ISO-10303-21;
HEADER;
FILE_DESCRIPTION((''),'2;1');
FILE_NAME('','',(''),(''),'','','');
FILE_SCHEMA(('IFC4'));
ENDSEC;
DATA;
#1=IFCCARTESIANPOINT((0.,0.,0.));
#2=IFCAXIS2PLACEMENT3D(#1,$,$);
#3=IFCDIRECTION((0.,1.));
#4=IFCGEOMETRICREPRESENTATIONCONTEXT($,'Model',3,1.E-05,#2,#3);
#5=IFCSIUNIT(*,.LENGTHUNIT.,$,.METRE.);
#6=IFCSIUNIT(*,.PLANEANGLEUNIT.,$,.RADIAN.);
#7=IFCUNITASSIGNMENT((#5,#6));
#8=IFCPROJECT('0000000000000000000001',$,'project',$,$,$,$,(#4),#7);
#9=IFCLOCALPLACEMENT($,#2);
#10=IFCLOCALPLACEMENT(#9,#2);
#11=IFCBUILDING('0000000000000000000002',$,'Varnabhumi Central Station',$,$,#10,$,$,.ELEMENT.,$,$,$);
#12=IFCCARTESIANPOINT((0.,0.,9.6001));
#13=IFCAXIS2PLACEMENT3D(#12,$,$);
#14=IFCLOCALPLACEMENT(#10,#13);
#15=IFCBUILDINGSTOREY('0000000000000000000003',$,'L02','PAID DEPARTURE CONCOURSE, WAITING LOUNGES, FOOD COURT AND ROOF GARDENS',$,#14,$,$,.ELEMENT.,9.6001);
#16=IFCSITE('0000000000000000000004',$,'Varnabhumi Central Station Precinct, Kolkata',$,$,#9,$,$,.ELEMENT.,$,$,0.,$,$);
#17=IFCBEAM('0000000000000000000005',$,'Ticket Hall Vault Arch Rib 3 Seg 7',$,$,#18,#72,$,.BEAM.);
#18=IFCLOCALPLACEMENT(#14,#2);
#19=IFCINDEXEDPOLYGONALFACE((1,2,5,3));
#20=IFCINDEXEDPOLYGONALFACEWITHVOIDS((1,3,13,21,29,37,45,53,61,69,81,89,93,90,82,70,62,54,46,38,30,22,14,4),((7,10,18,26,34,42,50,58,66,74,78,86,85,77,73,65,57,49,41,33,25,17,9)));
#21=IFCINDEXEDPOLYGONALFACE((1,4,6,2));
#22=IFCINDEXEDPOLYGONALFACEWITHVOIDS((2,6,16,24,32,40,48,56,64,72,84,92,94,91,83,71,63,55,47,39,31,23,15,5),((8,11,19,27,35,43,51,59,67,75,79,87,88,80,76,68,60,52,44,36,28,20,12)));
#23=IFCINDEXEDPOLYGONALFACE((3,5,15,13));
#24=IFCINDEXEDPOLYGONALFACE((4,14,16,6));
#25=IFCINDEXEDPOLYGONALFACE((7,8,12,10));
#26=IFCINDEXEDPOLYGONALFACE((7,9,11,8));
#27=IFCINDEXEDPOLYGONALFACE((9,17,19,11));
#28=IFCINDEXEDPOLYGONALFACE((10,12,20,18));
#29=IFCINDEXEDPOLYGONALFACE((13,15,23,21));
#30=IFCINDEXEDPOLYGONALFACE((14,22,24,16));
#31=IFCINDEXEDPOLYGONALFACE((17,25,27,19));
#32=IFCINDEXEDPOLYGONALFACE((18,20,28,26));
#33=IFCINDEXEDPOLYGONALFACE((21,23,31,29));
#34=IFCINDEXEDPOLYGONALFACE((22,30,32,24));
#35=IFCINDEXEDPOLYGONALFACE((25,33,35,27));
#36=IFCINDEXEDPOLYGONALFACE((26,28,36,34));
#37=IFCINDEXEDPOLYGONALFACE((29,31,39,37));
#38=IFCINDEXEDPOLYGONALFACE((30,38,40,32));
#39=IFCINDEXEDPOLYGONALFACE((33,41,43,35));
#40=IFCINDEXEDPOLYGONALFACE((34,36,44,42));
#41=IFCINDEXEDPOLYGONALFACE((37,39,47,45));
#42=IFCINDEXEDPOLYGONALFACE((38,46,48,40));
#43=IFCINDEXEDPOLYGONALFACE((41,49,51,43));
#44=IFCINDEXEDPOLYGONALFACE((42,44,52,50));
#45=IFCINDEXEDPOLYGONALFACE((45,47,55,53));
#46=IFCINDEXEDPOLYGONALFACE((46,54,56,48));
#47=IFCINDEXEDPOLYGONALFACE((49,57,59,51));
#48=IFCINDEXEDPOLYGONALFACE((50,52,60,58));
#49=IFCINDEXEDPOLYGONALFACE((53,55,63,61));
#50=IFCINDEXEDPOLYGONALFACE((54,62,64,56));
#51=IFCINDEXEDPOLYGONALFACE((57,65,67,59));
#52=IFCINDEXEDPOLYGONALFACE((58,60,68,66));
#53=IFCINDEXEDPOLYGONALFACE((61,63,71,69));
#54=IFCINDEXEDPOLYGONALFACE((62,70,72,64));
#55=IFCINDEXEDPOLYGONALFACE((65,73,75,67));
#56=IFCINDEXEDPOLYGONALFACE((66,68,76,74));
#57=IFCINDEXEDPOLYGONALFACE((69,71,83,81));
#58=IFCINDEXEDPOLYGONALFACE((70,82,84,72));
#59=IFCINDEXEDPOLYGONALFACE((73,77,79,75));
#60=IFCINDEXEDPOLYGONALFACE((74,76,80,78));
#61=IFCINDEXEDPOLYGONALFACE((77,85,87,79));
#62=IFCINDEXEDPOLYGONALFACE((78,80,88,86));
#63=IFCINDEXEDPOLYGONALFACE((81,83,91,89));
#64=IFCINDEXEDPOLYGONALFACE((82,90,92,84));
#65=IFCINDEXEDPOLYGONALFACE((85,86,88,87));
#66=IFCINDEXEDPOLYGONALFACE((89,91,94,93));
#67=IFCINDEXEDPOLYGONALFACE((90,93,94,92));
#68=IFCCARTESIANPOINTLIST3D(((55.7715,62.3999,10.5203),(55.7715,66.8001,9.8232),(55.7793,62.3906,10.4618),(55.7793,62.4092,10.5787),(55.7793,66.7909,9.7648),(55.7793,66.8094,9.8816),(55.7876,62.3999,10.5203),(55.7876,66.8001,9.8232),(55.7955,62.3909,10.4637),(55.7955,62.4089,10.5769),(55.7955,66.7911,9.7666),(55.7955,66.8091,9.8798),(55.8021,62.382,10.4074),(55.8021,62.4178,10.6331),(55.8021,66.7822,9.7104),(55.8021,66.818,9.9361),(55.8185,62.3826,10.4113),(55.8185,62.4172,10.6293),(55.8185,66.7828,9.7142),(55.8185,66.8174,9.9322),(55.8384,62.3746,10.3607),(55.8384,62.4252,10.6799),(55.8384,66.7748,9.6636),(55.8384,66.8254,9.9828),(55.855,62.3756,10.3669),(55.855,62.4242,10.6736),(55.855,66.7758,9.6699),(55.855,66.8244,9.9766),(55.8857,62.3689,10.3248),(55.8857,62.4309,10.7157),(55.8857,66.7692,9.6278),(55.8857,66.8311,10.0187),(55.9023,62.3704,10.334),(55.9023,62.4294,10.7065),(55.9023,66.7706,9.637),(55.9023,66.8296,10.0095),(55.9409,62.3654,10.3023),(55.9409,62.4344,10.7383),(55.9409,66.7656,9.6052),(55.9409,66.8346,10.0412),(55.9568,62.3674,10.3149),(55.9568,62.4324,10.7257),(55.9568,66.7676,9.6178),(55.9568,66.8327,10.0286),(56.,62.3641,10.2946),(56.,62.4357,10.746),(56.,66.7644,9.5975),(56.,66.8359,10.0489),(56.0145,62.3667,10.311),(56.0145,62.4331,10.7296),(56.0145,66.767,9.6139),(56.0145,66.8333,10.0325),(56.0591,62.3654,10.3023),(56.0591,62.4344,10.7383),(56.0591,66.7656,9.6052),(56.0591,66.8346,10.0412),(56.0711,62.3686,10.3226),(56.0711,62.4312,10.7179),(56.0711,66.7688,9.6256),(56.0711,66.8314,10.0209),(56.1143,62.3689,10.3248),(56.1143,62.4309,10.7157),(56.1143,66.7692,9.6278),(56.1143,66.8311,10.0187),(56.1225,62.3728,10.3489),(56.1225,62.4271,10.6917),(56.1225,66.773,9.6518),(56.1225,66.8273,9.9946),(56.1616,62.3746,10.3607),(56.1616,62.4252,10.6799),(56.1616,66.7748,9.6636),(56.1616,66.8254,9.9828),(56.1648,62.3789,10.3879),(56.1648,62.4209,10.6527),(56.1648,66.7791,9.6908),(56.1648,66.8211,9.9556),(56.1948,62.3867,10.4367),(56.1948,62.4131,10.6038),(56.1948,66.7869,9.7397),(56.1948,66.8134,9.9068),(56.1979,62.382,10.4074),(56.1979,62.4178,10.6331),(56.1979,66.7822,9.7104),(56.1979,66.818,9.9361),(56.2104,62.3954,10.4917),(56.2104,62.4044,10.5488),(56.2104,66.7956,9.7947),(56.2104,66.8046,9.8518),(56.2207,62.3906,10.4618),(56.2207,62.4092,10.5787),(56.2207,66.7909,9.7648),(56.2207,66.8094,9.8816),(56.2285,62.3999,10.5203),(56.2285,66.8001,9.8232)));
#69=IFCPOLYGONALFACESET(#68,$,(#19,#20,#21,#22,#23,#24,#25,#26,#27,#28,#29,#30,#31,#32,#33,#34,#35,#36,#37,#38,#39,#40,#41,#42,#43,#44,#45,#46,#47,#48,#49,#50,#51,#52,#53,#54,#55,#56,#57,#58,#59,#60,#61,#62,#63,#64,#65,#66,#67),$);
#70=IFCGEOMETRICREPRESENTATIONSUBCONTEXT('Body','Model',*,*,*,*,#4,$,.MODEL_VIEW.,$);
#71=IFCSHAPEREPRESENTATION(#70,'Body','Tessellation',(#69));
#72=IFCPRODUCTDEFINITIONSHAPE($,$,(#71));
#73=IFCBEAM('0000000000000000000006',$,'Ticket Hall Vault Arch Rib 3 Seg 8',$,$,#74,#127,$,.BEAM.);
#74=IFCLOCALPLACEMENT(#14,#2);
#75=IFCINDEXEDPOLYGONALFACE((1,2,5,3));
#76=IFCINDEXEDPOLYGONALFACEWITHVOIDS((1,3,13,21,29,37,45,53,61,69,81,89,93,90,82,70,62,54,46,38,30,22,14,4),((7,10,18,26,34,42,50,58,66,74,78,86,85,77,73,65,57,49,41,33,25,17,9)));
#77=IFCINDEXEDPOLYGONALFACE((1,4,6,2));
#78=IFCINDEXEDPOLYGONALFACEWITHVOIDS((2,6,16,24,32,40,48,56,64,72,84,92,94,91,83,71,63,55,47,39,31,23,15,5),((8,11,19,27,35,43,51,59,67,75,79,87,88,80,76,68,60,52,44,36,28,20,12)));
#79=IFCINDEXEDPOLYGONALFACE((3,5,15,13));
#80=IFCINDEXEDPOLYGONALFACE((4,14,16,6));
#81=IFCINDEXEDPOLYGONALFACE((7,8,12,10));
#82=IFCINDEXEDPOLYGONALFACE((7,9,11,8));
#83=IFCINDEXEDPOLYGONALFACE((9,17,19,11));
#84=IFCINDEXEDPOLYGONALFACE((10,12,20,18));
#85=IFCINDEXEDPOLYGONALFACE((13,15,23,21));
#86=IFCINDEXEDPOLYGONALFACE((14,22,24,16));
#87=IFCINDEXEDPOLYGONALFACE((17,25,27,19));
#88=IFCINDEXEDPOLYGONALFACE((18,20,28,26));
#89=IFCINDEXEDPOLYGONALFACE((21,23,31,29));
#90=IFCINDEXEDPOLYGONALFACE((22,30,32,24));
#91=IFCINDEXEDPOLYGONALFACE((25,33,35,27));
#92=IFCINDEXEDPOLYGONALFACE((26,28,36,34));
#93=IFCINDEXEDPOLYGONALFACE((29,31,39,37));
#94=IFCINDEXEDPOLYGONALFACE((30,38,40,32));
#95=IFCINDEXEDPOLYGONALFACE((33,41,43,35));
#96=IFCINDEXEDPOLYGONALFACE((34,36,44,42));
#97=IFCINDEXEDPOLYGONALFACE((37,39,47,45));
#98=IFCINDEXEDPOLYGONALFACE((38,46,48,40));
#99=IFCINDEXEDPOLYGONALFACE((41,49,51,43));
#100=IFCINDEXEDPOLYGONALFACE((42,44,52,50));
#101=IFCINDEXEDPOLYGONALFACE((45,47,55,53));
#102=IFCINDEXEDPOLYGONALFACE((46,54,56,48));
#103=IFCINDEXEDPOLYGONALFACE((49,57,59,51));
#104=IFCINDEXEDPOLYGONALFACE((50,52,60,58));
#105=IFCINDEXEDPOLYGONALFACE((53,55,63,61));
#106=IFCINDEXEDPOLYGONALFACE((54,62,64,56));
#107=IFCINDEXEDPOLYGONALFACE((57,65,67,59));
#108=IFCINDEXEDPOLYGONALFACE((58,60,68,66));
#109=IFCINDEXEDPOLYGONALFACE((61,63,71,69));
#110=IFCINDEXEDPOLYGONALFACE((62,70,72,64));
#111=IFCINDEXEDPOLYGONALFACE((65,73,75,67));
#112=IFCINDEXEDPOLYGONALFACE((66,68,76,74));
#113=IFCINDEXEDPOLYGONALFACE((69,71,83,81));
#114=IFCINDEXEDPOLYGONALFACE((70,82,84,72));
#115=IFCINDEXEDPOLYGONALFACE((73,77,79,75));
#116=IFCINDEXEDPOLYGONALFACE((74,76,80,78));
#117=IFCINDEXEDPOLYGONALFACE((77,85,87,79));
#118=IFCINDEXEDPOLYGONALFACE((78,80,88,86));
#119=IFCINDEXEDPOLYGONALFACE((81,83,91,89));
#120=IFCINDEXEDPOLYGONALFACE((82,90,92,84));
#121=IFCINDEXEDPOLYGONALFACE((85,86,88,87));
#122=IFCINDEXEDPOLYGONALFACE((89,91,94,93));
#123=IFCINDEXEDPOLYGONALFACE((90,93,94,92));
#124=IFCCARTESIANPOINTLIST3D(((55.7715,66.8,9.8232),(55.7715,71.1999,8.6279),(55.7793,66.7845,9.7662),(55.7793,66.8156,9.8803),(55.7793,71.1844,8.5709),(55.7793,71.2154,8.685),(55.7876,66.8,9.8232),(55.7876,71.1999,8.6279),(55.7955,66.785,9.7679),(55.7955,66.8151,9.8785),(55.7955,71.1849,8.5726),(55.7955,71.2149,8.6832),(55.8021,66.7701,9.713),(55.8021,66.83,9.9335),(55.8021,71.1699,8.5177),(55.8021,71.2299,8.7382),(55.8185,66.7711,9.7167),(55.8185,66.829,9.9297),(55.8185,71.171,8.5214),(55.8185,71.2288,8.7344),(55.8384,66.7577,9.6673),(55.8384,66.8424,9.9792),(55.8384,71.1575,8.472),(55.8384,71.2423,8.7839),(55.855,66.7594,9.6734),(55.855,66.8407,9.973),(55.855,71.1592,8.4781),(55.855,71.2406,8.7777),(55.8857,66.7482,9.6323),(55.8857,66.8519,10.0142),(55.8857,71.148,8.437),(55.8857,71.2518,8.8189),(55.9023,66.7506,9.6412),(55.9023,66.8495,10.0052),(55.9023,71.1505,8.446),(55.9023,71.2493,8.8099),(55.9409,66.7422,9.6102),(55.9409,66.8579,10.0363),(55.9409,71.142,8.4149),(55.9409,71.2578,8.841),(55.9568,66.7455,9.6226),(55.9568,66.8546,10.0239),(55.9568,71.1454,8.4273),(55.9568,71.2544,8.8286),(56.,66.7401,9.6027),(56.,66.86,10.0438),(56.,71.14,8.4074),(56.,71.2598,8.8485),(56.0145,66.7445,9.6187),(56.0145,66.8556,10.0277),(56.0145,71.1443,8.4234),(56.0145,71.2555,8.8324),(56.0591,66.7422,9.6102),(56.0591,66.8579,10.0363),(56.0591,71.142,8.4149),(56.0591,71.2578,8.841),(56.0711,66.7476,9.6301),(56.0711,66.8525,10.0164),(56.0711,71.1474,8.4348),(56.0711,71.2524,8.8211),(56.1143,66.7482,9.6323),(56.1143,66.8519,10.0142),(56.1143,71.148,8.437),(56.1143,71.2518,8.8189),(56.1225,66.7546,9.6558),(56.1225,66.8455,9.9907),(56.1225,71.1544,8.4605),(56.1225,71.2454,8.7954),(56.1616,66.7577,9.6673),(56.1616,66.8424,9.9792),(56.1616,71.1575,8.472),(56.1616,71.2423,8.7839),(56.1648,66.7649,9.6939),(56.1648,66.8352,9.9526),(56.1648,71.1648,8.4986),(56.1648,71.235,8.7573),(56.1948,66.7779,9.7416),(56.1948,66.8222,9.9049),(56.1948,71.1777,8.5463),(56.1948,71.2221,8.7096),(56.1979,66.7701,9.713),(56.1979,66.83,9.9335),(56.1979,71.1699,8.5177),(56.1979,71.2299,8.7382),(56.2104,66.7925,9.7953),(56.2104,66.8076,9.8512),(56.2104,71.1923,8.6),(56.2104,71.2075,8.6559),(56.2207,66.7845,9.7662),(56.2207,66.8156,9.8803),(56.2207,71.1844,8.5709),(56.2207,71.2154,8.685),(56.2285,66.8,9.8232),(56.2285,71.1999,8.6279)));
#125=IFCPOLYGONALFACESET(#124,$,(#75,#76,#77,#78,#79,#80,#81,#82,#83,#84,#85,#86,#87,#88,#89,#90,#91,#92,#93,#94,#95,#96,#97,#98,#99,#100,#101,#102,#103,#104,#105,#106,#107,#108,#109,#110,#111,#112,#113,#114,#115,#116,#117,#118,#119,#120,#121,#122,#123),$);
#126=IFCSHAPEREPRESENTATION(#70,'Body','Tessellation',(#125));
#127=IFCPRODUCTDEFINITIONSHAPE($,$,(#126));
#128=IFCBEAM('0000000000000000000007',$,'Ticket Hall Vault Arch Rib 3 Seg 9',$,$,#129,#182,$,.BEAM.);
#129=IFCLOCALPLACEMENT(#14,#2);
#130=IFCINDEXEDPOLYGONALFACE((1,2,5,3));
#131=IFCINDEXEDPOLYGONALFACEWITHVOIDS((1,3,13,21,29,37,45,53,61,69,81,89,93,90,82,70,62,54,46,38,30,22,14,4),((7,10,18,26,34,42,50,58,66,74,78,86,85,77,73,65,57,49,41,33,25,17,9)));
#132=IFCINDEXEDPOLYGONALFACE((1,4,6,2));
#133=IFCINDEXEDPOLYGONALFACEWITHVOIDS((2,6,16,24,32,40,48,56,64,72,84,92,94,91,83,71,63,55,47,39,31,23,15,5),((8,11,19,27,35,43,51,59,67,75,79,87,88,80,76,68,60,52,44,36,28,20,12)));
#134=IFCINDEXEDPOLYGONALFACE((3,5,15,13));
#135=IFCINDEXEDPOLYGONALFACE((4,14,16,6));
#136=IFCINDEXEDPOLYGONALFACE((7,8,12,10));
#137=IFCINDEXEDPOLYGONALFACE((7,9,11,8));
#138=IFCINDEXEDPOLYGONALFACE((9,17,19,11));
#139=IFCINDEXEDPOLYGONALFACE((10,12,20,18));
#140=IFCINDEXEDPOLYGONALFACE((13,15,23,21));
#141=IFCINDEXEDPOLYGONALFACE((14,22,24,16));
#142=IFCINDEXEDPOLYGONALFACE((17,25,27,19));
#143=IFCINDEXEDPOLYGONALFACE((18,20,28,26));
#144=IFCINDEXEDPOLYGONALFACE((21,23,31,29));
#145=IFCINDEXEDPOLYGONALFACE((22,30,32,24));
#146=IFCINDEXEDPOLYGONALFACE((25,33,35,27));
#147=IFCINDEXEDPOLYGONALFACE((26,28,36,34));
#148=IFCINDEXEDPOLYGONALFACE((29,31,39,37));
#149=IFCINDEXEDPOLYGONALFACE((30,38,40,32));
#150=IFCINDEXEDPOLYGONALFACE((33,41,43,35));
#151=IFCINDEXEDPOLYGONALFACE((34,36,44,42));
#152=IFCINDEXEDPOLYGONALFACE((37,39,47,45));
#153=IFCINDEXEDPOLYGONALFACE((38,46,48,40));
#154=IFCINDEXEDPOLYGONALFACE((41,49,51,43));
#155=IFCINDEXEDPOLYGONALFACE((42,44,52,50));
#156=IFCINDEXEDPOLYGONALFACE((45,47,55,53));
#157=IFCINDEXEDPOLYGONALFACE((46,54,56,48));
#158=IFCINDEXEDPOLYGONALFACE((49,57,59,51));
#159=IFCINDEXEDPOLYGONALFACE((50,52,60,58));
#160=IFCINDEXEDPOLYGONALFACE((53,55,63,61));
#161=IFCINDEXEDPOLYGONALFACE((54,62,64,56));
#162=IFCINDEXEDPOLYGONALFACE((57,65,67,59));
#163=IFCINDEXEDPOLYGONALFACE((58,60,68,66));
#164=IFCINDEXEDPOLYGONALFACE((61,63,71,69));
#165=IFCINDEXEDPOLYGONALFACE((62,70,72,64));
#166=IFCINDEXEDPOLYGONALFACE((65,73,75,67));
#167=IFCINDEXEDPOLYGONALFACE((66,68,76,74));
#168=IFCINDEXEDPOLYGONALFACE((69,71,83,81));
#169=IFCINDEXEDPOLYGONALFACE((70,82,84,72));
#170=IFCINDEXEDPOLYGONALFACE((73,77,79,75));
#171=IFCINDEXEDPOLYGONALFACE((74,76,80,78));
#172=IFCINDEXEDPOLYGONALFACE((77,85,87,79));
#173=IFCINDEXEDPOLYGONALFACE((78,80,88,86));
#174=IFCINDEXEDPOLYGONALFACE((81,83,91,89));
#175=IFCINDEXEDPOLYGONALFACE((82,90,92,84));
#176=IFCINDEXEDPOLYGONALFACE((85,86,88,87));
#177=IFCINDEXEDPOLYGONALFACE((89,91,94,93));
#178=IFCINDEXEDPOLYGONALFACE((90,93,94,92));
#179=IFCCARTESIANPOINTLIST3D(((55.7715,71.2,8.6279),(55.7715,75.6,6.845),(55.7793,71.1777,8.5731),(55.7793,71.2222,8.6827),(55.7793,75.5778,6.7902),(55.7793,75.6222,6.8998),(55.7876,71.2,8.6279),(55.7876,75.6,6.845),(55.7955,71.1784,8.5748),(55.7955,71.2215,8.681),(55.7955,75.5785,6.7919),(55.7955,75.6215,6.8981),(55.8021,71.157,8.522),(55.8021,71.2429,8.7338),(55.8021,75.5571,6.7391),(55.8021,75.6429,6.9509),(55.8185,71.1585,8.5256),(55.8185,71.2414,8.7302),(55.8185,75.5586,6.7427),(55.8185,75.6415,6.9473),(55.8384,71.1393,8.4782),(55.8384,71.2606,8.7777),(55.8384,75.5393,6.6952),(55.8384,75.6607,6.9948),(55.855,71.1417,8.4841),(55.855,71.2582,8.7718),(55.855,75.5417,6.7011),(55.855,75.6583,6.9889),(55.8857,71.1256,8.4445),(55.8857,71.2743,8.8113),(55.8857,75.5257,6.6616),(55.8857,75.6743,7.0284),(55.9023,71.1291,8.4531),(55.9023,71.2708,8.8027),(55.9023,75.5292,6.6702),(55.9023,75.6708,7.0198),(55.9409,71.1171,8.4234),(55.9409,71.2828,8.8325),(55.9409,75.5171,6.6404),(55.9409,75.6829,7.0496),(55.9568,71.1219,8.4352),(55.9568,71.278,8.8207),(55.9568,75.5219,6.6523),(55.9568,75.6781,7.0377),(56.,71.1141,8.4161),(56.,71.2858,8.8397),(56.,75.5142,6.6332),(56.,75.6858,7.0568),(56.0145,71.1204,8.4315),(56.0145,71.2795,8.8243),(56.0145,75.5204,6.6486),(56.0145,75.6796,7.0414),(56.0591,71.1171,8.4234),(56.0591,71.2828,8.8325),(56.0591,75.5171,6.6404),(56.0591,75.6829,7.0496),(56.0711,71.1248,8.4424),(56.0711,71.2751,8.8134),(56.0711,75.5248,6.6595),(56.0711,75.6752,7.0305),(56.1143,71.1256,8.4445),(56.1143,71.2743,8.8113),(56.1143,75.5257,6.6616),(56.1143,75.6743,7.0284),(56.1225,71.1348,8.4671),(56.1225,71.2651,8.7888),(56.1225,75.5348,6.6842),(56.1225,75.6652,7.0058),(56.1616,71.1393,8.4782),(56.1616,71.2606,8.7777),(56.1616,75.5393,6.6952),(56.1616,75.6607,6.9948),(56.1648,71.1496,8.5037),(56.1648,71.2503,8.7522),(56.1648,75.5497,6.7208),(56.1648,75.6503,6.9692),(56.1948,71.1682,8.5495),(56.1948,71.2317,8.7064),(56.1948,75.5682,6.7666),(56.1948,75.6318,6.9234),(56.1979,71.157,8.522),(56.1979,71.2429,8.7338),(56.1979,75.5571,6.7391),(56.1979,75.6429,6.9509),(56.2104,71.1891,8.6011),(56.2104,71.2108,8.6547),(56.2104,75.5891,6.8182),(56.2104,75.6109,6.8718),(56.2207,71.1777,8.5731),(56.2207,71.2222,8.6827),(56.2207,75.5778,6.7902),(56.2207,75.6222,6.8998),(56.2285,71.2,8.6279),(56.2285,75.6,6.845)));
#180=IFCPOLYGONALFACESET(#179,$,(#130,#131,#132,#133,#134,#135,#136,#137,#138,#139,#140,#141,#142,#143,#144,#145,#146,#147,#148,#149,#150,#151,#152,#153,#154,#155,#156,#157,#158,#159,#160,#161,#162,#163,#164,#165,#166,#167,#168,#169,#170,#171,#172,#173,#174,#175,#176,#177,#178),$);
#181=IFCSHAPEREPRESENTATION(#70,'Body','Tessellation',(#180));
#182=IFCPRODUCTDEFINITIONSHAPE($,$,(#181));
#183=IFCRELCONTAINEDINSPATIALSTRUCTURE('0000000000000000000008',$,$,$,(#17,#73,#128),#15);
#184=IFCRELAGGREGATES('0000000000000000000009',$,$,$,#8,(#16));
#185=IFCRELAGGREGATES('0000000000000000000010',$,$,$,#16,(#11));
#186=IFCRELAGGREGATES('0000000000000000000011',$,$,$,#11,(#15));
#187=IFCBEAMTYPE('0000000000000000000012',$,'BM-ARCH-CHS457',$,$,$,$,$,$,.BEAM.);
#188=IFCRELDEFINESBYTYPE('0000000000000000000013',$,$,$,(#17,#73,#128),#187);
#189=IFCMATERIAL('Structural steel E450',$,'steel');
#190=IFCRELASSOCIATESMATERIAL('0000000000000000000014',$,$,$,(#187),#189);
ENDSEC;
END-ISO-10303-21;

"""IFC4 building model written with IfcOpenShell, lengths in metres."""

from ifc_helpers import new_model, si_unit, direction, frame, origin, origin_2d, place, context, subcontext, project, spatial, hollow_circle, extrude, material, material_profile, profile_set, type_object, element, save


model = new_model("IFC4")

# Units and contexts
model_context = context("Model", 3, precision=1e-05, world=origin(), true_north=direction((0.0, 1.0)))
body_context = subcontext(model_context, "Body", "Model", "MODEL_VIEW")
ifc_project = project(units=[si_unit("LENGTHUNIT", "METRE"), si_unit("PLANEANGLEUNIT", "RADIAN")], contexts=[model_context])

# Site, building, storey
site_placement = place(None, origin())
site = spatial("IfcSite", under=ifc_project, at=site_placement, Name="Varnabhumi Central Station Precinct, Kolkata", CompositionType="ELEMENT", RefElevation=0.0)
building_placement = place(site_placement, origin())
building = spatial("IfcBuilding", under=site, at=building_placement, Name="Varnabhumi Central Station", CompositionType="ELEMENT")
storey_placement = place(building_placement, frame((0.0, 0.0, 9.6001)))
storey = spatial("IfcBuildingStorey", under=building, at=storey_placement, Name="L02", Description="PAID DEPARTURE CONCOURSE, WAITING LOUNGES, FOOD COURT AND ROOF GARDENS", CompositionType="ELEMENT", Elevation=9.6001)

# Beams
ifc_material_1 = material(Name="Structural steel E450", Category="steel")
ifc_material_profile_1 = material_profile(ifc_material_1, hollow_circle(Radius=0.2285, WallThickness=0.0161, at=origin_2d()), Name="Structural steel E450", Category="steel")
ifc_profile_set_1 = profile_set([ifc_material_profile_1], Name="Structural steel E450")
beam_type_1 = type_object("IfcBeamType", Name="BM-ARCH-CHS457", PredefinedType="BEAM", material=ifc_profile_set_1)
beam_1_placement = place(storey_placement, frame((56.0, 62.3999, 10.5203), z_axis=(0.0, 0.987685, -0.156458), x_axis=(-1.0, 0.0, 0.0)))
element("IfcBeam", 1, at=beam_1_placement, inside=storey, type_object=beam_type_1, Name="Ticket Hall Vault Arch Rib 3 Seg 7", PredefinedType="BEAM", context=body_context, shape_type="SweptSolid", body=[
    extrude(hollow_circle(Radius=0.2285, WallThickness=0.0161, at=origin_2d()), origin(), (0.0, 0.0, 1.0), 4.4551),
])
beam_2_placement = place(storey_placement, frame((56.0, 66.8, 9.8232), z_axis=(0.0, 0.965023, -0.262166), x_axis=(-1.0, 0.0, 0.0)))
element("IfcBeam", 2, at=beam_2_placement, inside=storey, type_object=beam_type_1, Name="Ticket Hall Vault Arch Rib 3 Seg 8", PredefinedType="BEAM", context=body_context, shape_type="SweptSolid", body=[
    extrude(hollow_circle(Radius=0.2285, WallThickness=0.0161, at=origin_2d()), origin(), (0.0, 0.0, 1.0), 4.5593),
])
beam_3_placement = place(storey_placement, frame((56.0, 71.2, 8.6279), z_axis=(0.0, 0.926804, -0.375545), x_axis=(-1.0, 0.0, 0.0)))
element("IfcBeam", 3, at=beam_3_placement, inside=storey, type_object=beam_type_1, Name="Ticket Hall Vault Arch Rib 3 Seg 9", PredefinedType="BEAM", context=body_context, shape_type="SweptSolid", body=[
    extrude(hollow_circle(Radius=0.2285, WallThickness=0.0161, at=origin_2d()), origin(), (0.0, 0.0, 1.0), 4.7476),
])

save(model, "model.ifc")
